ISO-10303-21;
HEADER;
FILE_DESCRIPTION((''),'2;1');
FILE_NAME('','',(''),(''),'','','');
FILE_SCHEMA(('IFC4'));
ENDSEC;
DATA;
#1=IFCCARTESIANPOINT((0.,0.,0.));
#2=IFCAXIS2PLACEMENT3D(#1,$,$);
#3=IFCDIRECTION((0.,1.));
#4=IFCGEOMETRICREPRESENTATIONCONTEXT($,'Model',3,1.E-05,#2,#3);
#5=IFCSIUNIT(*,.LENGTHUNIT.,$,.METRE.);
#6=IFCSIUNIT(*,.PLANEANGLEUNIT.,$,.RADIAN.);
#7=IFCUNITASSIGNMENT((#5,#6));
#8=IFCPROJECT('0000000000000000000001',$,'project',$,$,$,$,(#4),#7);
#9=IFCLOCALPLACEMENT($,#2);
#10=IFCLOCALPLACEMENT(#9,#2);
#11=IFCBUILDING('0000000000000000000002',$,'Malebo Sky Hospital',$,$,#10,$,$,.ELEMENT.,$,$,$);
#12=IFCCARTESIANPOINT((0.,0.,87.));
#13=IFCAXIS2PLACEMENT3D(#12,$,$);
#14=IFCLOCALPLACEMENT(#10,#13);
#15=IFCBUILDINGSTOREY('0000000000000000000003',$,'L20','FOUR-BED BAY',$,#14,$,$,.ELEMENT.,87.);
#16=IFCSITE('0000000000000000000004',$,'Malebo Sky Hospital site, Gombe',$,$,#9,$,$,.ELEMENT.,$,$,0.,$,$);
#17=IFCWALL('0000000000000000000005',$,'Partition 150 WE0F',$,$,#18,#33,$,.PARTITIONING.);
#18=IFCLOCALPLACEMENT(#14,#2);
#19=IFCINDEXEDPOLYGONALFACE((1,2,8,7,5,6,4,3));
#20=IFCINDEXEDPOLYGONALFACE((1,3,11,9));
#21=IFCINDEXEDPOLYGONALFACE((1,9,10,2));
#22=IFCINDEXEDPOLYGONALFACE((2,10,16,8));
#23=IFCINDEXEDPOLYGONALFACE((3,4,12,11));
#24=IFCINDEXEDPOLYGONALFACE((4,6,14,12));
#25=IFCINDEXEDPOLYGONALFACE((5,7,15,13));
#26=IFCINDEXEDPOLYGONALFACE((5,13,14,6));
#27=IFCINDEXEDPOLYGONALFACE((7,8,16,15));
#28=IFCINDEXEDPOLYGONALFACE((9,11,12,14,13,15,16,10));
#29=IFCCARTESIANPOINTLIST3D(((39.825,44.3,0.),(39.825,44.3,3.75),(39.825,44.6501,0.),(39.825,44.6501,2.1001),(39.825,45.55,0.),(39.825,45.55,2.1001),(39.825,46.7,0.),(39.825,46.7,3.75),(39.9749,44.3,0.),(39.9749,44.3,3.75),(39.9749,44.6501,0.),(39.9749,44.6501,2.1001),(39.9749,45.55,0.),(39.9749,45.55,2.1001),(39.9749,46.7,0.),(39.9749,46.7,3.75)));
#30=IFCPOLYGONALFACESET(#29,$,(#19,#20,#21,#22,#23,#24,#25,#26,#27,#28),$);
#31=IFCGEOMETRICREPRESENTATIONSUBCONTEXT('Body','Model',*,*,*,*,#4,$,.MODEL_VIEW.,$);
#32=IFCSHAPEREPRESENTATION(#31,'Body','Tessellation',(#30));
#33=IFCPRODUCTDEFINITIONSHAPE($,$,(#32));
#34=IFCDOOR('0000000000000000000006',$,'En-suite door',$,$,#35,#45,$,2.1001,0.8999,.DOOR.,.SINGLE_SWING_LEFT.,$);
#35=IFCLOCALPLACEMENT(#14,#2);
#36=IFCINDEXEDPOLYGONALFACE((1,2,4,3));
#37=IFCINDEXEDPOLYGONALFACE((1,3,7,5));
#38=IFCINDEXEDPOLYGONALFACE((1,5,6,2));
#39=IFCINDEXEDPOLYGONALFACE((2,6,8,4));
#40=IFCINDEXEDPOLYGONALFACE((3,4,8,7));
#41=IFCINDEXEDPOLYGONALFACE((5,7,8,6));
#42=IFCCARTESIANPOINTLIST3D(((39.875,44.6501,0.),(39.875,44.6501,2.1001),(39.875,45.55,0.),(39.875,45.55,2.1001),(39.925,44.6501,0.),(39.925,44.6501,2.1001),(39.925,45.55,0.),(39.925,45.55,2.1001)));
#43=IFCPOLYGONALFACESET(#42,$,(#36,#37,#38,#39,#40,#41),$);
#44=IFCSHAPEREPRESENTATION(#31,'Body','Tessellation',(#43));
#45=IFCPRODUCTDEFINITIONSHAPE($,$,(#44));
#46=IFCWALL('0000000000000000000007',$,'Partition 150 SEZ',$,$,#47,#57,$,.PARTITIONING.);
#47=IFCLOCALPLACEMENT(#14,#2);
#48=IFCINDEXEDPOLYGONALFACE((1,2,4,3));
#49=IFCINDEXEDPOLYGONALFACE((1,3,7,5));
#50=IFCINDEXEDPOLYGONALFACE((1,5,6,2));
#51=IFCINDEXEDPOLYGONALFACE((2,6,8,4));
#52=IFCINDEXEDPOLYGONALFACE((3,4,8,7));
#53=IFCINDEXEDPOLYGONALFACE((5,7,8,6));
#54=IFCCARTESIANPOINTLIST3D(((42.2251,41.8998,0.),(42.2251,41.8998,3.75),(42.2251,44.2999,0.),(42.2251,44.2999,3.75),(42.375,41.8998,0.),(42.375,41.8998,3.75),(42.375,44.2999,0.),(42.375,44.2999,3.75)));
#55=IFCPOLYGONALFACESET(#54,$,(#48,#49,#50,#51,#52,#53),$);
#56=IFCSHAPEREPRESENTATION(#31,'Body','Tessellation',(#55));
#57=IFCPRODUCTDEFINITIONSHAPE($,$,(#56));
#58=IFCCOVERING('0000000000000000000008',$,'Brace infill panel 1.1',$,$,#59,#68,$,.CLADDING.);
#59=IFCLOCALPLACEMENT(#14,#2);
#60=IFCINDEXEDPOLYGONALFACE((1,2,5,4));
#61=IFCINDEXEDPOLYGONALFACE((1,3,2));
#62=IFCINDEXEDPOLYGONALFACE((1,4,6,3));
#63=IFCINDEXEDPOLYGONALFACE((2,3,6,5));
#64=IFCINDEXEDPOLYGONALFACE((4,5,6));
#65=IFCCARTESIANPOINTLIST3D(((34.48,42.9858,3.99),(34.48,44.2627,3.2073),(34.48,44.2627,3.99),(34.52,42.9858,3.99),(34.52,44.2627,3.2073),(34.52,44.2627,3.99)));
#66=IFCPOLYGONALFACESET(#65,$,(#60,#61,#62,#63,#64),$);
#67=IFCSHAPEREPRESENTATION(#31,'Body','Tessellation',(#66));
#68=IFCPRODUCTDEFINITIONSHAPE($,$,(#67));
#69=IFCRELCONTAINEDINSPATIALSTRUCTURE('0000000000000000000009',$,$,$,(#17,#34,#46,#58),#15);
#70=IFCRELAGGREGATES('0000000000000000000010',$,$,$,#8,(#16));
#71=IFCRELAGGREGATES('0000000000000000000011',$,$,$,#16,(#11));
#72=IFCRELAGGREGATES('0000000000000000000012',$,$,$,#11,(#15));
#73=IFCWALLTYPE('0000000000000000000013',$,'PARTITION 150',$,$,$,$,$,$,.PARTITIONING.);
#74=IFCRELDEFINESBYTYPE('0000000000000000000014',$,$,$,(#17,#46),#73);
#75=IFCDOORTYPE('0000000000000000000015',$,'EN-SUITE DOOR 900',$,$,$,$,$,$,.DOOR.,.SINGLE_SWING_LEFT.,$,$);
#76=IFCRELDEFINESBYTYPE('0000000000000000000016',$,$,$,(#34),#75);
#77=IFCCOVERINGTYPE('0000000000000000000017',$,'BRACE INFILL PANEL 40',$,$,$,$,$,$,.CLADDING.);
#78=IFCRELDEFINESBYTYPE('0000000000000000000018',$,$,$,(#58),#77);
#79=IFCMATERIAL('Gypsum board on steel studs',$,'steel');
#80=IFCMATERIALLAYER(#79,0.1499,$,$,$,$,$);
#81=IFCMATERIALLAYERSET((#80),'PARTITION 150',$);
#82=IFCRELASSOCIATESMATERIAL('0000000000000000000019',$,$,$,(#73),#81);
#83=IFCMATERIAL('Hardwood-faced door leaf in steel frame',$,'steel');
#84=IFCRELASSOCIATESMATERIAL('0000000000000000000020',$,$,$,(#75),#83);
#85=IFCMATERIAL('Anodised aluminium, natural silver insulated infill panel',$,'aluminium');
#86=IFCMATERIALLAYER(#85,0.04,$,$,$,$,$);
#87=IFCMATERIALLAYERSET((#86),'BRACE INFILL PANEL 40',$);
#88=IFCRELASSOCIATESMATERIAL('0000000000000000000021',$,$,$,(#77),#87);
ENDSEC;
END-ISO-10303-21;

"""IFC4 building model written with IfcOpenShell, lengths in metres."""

from ifc_helpers import new_model, si_unit, direction, frame, frame_2d, origin, place, context, subcontext, project, spatial, polyline, rectangle, outline, extrude, material, layer, layer_set, type_object, element, fill, save


model = new_model("IFC4")

# Units and contexts
model_context = context("Model", 3, precision=1e-05, world=origin(), true_north=direction((0.0, 1.0)))
body_context = subcontext(model_context, "Body", "Model", "MODEL_VIEW")
ifc_project = project(units=[si_unit("LENGTHUNIT", "METRE"), si_unit("PLANEANGLEUNIT", "RADIAN")], contexts=[model_context])

# Site, building, storey
site_placement = place(None, origin())
site = spatial("IfcSite", under=ifc_project, at=site_placement, Name="Malebo Sky Hospital site, Gombe", CompositionType="ELEMENT", RefElevation=0.0)
building_placement = place(site_placement, origin())
building = spatial("IfcBuilding", under=site, at=building_placement, Name="Malebo Sky Hospital", CompositionType="ELEMENT")
storey_placement = place(building_placement, frame((0.0, 0.0, 87.0)))
storey = spatial("IfcBuildingStorey", under=building, at=storey_placement, Name="L20", Description="FOUR-BED BAY", CompositionType="ELEMENT", Elevation=87.0)

# Shared definitions
ifc_material_1 = material(Name="Gypsum board on steel studs", Category="steel")
ifc_material_2 = material(Name="Hardwood-faced door leaf in steel frame", Category="steel")

# Shared definitions
ifc_layer_1 = layer(ifc_material_1, 0.1499)
ifc_layer_set_1 = layer_set([ifc_layer_1], Name="PARTITION 150")
wall_type_1 = type_object("IfcWallType", Name="PARTITION 150", PredefinedType="PARTITIONING", material=ifc_layer_set_1)

# Wall, opening, door
wall_1_placement = place(storey_placement, frame((39.8999, 44.3, 0.0), z_axis=(0.0, 0.0, 1.0), x_axis=(0.0, 1.0, 0.0)))
wall_1 = element("IfcWall", 1, at=wall_1_placement, inside=storey, type_object=wall_type_1, Name="Partition 150 WE0F", PredefinedType="PARTITIONING", context=body_context, shape_type="SweptSolid", body=[
    extrude(rectangle(XDim=2.3999, YDim=0.1499, at=frame_2d((1.2, 0.0))), origin(), (0.0, 0.0, 1.0), 3.75),
])
opening_1_placement = place(wall_1_placement, frame((0.3501, 0.0, 0.0)))
opening_1 = element("IfcOpeningElement", 2, at=opening_1_placement, cuts=wall_1, PredefinedType="OPENING", context=body_context, shape_type="SweptSolid", body=[
    extrude(rectangle(XDim=0.8999, YDim=2.1001, at=frame_2d((0.45, 1.05))), frame((0.0, 0.085, 0.0), z_axis=(0.0, -1.0, 0.0), x_axis=(1.0, 0.0, 0.0)), (0.0, 0.0, 1.0), 0.1699),
])
door_type_1 = type_object("IfcDoorType", Name="EN-SUITE DOOR 900", OperationType="SINGLE_SWING_LEFT", PredefinedType="DOOR", material=ifc_material_2)
door_1_placement = place(opening_1_placement, origin())
door_1 = element("IfcDoor", 3, at=door_1_placement, inside=storey, type_object=door_type_1, Name="En-suite door", OperationType="SINGLE_SWING_LEFT", OverallHeight=2.1001, OverallWidth=0.8999, PredefinedType="DOOR", context=body_context, shape_type="SweptSolid", body=[
    extrude(rectangle(XDim=0.8999, YDim=2.1001, at=frame_2d((0.45, 1.05))), frame((0.0, 0.0249, 0.0), z_axis=(0.0, -1.0, 0.0), x_axis=(1.0, 0.0, 0.0)), (0.0, 0.0, 1.0), 0.05),
])
fill(opening_1, door_1)

# Wall
wall_2_placement = place(storey_placement, frame((42.3, 44.3, 0.0), z_axis=(0.0, 0.0, 1.0), x_axis=(0.0, -1.0, 0.0)))
element("IfcWall", 4, at=wall_2_placement, inside=storey, type_object=wall_type_1, Name="Partition 150 SEZ", PredefinedType="PARTITIONING", context=body_context, shape_type="SweptSolid", body=[
    extrude(rectangle(XDim=2.4001, YDim=0.1499, at=frame_2d((1.2002, 0.0))), origin(), (0.0, 0.0, 1.0), 3.75),
])

# Covering
ifc_material_3 = material(Name="Anodised aluminium, natural silver insulated infill panel", Category="aluminium")
ifc_layer_2 = layer(ifc_material_3, 0.04)
ifc_layer_set_2 = layer_set([ifc_layer_2], Name="BRACE INFILL PANEL 40")
covering_type = type_object("IfcCoveringType", Name="BRACE INFILL PANEL 40", PredefinedType="CLADDING", material=ifc_layer_set_2)
covering_placement = place(storey_placement, frame((34.5, 43.6243, 3.2073), z_axis=(0.0, 0.0, 1.0), x_axis=(0.0, 1.0, 0.0)))
element("IfcCovering", 5, at=covering_placement, inside=storey, type_object=covering_type, Name="Brace infill panel 1.1", PredefinedType="CLADDING", context=body_context, shape_type="SweptSolid", body=[
    extrude(outline(polyline([(0.6384, 0.0), (0.6384, 0.7827), (-0.6384, 0.7827), (0.6384, 0.0)])), frame((0.0, 0.02, 0.0), z_axis=(0.0, -1.0, 0.0), x_axis=(1.0, 0.0, 0.0)), (0.0, 0.0, 1.0), 0.04),
])

save(model, "model.ifc")
